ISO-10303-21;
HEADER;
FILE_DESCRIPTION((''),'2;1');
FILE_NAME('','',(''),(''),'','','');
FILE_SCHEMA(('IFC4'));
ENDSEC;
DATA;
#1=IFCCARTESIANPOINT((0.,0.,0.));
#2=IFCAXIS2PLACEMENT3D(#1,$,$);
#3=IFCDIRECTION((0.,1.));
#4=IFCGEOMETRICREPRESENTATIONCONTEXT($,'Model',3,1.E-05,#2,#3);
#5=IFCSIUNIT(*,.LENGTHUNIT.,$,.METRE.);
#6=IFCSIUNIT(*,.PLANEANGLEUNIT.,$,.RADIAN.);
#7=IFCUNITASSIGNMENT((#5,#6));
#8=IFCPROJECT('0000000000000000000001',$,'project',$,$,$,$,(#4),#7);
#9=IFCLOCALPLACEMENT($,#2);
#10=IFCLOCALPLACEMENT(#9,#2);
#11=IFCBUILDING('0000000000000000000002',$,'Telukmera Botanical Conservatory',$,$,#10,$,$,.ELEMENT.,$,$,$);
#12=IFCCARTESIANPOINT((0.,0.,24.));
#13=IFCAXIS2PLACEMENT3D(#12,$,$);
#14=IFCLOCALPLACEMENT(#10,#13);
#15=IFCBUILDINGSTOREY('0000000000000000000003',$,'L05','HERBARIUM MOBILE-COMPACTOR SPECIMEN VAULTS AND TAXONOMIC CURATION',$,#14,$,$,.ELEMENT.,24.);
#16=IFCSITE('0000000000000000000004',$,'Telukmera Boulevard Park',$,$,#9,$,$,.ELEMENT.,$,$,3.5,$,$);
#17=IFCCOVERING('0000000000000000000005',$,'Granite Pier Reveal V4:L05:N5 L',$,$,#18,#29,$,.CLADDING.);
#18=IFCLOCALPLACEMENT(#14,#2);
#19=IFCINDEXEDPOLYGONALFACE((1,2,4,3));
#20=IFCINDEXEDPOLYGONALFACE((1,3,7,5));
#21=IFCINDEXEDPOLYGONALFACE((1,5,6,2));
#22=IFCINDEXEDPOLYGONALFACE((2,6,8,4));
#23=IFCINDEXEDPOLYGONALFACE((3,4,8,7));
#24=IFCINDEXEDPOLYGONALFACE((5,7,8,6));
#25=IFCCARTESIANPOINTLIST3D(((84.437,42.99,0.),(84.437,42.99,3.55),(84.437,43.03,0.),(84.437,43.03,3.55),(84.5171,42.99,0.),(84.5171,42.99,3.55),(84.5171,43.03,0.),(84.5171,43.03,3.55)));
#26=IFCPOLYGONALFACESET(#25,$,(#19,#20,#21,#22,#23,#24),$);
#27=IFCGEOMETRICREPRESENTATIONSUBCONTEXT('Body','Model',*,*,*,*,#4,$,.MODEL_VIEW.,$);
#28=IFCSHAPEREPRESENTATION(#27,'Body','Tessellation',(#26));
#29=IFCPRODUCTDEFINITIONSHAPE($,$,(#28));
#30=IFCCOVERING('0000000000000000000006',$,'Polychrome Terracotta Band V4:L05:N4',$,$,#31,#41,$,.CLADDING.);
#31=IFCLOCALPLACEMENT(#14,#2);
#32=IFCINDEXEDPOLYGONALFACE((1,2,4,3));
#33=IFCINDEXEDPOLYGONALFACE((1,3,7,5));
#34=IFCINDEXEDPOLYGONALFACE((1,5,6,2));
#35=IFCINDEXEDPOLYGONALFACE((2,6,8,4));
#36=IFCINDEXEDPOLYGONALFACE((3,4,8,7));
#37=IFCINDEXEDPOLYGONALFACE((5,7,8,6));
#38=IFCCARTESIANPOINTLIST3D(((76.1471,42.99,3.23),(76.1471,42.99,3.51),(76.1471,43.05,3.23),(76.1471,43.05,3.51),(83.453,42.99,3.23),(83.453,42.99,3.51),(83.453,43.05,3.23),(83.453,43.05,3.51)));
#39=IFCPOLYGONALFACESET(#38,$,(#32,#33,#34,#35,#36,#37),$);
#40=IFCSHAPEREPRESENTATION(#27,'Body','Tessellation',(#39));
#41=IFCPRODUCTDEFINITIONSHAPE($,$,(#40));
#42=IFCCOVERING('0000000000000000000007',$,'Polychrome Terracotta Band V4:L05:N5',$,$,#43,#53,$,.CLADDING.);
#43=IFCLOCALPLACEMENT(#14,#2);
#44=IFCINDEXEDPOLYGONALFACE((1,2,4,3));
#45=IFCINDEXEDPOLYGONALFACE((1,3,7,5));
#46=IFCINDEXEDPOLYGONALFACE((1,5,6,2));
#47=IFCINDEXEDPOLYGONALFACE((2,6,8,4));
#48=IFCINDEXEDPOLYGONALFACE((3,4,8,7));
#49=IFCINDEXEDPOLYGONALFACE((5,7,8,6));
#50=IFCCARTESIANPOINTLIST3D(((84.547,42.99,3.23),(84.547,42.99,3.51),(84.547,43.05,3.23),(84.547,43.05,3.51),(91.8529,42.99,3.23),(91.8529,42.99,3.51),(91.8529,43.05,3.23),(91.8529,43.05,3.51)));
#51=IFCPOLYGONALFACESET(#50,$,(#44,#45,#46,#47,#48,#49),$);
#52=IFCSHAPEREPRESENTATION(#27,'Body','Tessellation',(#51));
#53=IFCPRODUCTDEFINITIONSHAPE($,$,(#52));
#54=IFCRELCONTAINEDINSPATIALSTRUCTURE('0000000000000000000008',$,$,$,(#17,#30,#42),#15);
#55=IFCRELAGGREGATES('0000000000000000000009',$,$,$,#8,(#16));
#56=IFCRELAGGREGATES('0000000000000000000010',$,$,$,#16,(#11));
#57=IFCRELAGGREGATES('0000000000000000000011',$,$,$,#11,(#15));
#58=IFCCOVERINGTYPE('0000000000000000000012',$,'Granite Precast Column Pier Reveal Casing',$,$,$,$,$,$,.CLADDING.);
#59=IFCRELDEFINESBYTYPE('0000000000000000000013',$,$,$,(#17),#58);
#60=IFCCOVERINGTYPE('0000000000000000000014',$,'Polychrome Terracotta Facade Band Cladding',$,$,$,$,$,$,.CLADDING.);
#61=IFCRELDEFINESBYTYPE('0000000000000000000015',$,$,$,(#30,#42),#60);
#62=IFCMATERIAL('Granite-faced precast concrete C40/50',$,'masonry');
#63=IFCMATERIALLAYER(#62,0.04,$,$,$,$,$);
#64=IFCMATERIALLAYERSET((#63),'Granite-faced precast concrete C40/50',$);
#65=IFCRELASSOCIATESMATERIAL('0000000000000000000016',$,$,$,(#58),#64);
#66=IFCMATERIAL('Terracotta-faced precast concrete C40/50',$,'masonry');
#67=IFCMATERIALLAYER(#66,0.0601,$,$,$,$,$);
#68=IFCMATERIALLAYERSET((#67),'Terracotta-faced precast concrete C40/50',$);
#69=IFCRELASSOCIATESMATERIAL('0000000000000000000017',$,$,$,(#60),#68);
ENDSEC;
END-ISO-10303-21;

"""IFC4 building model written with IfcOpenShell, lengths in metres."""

from ifc_helpers import new_model, si_unit, direction, frame, origin, origin_2d, place, context, subcontext, project, spatial, rectangle, extrude, material, layer, layer_set, type_object, element, save


model = new_model("IFC4")

# Units and contexts
model_context = context("Model", 3, precision=1e-05, world=origin(), true_north=direction((0.0, 1.0)))
body_context = subcontext(model_context, "Body", "Model", "MODEL_VIEW")
ifc_project = project(units=[si_unit("LENGTHUNIT", "METRE"), si_unit("PLANEANGLEUNIT", "RADIAN")], contexts=[model_context])

# Site, building, storey
site_placement = place(None, origin())
site = spatial("IfcSite", under=ifc_project, at=site_placement, Name="Telukmera Boulevard Park", CompositionType="ELEMENT", RefElevation=3.5)
building_placement = place(site_placement, origin())
building = spatial("IfcBuilding", under=site, at=building_placement, Name="Telukmera Botanical Conservatory", CompositionType="ELEMENT")
storey_placement = place(building_placement, frame((0.0, 0.0, 24.0)))
storey = spatial("IfcBuildingStorey", under=building, at=storey_placement, Name="L05", Description="HERBARIUM MOBILE-COMPACTOR SPECIMEN VAULTS AND TAXONOMIC CURATION", CompositionType="ELEMENT", Elevation=24.0)

# Shared definitions
ifc_material_1 = material(Name="Terracotta-faced precast concrete C40/50", Category="masonry")

# Coverings
ifc_material_2 = material(Name="Granite-faced precast concrete C40/50", Category="masonry")
ifc_layer_1 = layer(ifc_material_2, 0.04)
ifc_layer_set_1 = layer_set([ifc_layer_1], Name="Granite-faced precast concrete C40/50")
covering_type_1 = type_object("IfcCoveringType", Name="Granite Precast Column Pier Reveal Casing", PredefinedType="CLADDING", material=ifc_layer_set_1)
for number, where, z_axis, x_axis, name in (
    (1, (84.4771, 43.01, 0.0), (0.0, 0.0, 1.0), (1.0, 0.0, 0.0), "Granite Pier Reveal V4:L05:N5 L"),
):
    element("IfcCovering", number, at=place(storey_placement, frame(where, z_axis=z_axis, x_axis=x_axis)), inside=storey, type_object=covering_type_1, Name=name, PredefinedType="CLADDING", context=body_context, shape_type="SweptSolid", body=[
        extrude(rectangle(XDim=0.0801, YDim=0.04, at=origin_2d()), origin(), (0.0, 0.0, 1.0), 3.55),
    ])
ifc_layer_2 = layer(ifc_material_1, 0.0601)
ifc_layer_set_2 = layer_set([ifc_layer_2], Name="Terracotta-faced precast concrete C40/50")
covering_type_2 = type_object("IfcCoveringType", Name="Polychrome Terracotta Facade Band Cladding", PredefinedType="CLADDING", material=ifc_layer_set_2)
for number, where, z_axis, x_axis, name in (
    (2, (79.8, 43.02, 3.23), (0.0, 0.0, 1.0), (1.0, 0.0, 0.0), "Polychrome Terracotta Band V4:L05:N4"),
    (3, (88.2, 43.02, 3.23), (0.0, 0.0, 1.0), (1.0, 0.0, 0.0), "Polychrome Terracotta Band V4:L05:N5"),
):
    element("IfcCovering", number, at=place(storey_placement, frame(where, z_axis=z_axis, x_axis=x_axis)), inside=storey, type_object=covering_type_2, Name=name, PredefinedType="CLADDING", context=body_context, shape_type="SweptSolid", body=[
        extrude(rectangle(XDim=7.3059, YDim=0.0601, at=origin_2d()), origin(), (0.0, 0.0, 1.0), 0.28),
    ])

save(model, "model.ifc")
